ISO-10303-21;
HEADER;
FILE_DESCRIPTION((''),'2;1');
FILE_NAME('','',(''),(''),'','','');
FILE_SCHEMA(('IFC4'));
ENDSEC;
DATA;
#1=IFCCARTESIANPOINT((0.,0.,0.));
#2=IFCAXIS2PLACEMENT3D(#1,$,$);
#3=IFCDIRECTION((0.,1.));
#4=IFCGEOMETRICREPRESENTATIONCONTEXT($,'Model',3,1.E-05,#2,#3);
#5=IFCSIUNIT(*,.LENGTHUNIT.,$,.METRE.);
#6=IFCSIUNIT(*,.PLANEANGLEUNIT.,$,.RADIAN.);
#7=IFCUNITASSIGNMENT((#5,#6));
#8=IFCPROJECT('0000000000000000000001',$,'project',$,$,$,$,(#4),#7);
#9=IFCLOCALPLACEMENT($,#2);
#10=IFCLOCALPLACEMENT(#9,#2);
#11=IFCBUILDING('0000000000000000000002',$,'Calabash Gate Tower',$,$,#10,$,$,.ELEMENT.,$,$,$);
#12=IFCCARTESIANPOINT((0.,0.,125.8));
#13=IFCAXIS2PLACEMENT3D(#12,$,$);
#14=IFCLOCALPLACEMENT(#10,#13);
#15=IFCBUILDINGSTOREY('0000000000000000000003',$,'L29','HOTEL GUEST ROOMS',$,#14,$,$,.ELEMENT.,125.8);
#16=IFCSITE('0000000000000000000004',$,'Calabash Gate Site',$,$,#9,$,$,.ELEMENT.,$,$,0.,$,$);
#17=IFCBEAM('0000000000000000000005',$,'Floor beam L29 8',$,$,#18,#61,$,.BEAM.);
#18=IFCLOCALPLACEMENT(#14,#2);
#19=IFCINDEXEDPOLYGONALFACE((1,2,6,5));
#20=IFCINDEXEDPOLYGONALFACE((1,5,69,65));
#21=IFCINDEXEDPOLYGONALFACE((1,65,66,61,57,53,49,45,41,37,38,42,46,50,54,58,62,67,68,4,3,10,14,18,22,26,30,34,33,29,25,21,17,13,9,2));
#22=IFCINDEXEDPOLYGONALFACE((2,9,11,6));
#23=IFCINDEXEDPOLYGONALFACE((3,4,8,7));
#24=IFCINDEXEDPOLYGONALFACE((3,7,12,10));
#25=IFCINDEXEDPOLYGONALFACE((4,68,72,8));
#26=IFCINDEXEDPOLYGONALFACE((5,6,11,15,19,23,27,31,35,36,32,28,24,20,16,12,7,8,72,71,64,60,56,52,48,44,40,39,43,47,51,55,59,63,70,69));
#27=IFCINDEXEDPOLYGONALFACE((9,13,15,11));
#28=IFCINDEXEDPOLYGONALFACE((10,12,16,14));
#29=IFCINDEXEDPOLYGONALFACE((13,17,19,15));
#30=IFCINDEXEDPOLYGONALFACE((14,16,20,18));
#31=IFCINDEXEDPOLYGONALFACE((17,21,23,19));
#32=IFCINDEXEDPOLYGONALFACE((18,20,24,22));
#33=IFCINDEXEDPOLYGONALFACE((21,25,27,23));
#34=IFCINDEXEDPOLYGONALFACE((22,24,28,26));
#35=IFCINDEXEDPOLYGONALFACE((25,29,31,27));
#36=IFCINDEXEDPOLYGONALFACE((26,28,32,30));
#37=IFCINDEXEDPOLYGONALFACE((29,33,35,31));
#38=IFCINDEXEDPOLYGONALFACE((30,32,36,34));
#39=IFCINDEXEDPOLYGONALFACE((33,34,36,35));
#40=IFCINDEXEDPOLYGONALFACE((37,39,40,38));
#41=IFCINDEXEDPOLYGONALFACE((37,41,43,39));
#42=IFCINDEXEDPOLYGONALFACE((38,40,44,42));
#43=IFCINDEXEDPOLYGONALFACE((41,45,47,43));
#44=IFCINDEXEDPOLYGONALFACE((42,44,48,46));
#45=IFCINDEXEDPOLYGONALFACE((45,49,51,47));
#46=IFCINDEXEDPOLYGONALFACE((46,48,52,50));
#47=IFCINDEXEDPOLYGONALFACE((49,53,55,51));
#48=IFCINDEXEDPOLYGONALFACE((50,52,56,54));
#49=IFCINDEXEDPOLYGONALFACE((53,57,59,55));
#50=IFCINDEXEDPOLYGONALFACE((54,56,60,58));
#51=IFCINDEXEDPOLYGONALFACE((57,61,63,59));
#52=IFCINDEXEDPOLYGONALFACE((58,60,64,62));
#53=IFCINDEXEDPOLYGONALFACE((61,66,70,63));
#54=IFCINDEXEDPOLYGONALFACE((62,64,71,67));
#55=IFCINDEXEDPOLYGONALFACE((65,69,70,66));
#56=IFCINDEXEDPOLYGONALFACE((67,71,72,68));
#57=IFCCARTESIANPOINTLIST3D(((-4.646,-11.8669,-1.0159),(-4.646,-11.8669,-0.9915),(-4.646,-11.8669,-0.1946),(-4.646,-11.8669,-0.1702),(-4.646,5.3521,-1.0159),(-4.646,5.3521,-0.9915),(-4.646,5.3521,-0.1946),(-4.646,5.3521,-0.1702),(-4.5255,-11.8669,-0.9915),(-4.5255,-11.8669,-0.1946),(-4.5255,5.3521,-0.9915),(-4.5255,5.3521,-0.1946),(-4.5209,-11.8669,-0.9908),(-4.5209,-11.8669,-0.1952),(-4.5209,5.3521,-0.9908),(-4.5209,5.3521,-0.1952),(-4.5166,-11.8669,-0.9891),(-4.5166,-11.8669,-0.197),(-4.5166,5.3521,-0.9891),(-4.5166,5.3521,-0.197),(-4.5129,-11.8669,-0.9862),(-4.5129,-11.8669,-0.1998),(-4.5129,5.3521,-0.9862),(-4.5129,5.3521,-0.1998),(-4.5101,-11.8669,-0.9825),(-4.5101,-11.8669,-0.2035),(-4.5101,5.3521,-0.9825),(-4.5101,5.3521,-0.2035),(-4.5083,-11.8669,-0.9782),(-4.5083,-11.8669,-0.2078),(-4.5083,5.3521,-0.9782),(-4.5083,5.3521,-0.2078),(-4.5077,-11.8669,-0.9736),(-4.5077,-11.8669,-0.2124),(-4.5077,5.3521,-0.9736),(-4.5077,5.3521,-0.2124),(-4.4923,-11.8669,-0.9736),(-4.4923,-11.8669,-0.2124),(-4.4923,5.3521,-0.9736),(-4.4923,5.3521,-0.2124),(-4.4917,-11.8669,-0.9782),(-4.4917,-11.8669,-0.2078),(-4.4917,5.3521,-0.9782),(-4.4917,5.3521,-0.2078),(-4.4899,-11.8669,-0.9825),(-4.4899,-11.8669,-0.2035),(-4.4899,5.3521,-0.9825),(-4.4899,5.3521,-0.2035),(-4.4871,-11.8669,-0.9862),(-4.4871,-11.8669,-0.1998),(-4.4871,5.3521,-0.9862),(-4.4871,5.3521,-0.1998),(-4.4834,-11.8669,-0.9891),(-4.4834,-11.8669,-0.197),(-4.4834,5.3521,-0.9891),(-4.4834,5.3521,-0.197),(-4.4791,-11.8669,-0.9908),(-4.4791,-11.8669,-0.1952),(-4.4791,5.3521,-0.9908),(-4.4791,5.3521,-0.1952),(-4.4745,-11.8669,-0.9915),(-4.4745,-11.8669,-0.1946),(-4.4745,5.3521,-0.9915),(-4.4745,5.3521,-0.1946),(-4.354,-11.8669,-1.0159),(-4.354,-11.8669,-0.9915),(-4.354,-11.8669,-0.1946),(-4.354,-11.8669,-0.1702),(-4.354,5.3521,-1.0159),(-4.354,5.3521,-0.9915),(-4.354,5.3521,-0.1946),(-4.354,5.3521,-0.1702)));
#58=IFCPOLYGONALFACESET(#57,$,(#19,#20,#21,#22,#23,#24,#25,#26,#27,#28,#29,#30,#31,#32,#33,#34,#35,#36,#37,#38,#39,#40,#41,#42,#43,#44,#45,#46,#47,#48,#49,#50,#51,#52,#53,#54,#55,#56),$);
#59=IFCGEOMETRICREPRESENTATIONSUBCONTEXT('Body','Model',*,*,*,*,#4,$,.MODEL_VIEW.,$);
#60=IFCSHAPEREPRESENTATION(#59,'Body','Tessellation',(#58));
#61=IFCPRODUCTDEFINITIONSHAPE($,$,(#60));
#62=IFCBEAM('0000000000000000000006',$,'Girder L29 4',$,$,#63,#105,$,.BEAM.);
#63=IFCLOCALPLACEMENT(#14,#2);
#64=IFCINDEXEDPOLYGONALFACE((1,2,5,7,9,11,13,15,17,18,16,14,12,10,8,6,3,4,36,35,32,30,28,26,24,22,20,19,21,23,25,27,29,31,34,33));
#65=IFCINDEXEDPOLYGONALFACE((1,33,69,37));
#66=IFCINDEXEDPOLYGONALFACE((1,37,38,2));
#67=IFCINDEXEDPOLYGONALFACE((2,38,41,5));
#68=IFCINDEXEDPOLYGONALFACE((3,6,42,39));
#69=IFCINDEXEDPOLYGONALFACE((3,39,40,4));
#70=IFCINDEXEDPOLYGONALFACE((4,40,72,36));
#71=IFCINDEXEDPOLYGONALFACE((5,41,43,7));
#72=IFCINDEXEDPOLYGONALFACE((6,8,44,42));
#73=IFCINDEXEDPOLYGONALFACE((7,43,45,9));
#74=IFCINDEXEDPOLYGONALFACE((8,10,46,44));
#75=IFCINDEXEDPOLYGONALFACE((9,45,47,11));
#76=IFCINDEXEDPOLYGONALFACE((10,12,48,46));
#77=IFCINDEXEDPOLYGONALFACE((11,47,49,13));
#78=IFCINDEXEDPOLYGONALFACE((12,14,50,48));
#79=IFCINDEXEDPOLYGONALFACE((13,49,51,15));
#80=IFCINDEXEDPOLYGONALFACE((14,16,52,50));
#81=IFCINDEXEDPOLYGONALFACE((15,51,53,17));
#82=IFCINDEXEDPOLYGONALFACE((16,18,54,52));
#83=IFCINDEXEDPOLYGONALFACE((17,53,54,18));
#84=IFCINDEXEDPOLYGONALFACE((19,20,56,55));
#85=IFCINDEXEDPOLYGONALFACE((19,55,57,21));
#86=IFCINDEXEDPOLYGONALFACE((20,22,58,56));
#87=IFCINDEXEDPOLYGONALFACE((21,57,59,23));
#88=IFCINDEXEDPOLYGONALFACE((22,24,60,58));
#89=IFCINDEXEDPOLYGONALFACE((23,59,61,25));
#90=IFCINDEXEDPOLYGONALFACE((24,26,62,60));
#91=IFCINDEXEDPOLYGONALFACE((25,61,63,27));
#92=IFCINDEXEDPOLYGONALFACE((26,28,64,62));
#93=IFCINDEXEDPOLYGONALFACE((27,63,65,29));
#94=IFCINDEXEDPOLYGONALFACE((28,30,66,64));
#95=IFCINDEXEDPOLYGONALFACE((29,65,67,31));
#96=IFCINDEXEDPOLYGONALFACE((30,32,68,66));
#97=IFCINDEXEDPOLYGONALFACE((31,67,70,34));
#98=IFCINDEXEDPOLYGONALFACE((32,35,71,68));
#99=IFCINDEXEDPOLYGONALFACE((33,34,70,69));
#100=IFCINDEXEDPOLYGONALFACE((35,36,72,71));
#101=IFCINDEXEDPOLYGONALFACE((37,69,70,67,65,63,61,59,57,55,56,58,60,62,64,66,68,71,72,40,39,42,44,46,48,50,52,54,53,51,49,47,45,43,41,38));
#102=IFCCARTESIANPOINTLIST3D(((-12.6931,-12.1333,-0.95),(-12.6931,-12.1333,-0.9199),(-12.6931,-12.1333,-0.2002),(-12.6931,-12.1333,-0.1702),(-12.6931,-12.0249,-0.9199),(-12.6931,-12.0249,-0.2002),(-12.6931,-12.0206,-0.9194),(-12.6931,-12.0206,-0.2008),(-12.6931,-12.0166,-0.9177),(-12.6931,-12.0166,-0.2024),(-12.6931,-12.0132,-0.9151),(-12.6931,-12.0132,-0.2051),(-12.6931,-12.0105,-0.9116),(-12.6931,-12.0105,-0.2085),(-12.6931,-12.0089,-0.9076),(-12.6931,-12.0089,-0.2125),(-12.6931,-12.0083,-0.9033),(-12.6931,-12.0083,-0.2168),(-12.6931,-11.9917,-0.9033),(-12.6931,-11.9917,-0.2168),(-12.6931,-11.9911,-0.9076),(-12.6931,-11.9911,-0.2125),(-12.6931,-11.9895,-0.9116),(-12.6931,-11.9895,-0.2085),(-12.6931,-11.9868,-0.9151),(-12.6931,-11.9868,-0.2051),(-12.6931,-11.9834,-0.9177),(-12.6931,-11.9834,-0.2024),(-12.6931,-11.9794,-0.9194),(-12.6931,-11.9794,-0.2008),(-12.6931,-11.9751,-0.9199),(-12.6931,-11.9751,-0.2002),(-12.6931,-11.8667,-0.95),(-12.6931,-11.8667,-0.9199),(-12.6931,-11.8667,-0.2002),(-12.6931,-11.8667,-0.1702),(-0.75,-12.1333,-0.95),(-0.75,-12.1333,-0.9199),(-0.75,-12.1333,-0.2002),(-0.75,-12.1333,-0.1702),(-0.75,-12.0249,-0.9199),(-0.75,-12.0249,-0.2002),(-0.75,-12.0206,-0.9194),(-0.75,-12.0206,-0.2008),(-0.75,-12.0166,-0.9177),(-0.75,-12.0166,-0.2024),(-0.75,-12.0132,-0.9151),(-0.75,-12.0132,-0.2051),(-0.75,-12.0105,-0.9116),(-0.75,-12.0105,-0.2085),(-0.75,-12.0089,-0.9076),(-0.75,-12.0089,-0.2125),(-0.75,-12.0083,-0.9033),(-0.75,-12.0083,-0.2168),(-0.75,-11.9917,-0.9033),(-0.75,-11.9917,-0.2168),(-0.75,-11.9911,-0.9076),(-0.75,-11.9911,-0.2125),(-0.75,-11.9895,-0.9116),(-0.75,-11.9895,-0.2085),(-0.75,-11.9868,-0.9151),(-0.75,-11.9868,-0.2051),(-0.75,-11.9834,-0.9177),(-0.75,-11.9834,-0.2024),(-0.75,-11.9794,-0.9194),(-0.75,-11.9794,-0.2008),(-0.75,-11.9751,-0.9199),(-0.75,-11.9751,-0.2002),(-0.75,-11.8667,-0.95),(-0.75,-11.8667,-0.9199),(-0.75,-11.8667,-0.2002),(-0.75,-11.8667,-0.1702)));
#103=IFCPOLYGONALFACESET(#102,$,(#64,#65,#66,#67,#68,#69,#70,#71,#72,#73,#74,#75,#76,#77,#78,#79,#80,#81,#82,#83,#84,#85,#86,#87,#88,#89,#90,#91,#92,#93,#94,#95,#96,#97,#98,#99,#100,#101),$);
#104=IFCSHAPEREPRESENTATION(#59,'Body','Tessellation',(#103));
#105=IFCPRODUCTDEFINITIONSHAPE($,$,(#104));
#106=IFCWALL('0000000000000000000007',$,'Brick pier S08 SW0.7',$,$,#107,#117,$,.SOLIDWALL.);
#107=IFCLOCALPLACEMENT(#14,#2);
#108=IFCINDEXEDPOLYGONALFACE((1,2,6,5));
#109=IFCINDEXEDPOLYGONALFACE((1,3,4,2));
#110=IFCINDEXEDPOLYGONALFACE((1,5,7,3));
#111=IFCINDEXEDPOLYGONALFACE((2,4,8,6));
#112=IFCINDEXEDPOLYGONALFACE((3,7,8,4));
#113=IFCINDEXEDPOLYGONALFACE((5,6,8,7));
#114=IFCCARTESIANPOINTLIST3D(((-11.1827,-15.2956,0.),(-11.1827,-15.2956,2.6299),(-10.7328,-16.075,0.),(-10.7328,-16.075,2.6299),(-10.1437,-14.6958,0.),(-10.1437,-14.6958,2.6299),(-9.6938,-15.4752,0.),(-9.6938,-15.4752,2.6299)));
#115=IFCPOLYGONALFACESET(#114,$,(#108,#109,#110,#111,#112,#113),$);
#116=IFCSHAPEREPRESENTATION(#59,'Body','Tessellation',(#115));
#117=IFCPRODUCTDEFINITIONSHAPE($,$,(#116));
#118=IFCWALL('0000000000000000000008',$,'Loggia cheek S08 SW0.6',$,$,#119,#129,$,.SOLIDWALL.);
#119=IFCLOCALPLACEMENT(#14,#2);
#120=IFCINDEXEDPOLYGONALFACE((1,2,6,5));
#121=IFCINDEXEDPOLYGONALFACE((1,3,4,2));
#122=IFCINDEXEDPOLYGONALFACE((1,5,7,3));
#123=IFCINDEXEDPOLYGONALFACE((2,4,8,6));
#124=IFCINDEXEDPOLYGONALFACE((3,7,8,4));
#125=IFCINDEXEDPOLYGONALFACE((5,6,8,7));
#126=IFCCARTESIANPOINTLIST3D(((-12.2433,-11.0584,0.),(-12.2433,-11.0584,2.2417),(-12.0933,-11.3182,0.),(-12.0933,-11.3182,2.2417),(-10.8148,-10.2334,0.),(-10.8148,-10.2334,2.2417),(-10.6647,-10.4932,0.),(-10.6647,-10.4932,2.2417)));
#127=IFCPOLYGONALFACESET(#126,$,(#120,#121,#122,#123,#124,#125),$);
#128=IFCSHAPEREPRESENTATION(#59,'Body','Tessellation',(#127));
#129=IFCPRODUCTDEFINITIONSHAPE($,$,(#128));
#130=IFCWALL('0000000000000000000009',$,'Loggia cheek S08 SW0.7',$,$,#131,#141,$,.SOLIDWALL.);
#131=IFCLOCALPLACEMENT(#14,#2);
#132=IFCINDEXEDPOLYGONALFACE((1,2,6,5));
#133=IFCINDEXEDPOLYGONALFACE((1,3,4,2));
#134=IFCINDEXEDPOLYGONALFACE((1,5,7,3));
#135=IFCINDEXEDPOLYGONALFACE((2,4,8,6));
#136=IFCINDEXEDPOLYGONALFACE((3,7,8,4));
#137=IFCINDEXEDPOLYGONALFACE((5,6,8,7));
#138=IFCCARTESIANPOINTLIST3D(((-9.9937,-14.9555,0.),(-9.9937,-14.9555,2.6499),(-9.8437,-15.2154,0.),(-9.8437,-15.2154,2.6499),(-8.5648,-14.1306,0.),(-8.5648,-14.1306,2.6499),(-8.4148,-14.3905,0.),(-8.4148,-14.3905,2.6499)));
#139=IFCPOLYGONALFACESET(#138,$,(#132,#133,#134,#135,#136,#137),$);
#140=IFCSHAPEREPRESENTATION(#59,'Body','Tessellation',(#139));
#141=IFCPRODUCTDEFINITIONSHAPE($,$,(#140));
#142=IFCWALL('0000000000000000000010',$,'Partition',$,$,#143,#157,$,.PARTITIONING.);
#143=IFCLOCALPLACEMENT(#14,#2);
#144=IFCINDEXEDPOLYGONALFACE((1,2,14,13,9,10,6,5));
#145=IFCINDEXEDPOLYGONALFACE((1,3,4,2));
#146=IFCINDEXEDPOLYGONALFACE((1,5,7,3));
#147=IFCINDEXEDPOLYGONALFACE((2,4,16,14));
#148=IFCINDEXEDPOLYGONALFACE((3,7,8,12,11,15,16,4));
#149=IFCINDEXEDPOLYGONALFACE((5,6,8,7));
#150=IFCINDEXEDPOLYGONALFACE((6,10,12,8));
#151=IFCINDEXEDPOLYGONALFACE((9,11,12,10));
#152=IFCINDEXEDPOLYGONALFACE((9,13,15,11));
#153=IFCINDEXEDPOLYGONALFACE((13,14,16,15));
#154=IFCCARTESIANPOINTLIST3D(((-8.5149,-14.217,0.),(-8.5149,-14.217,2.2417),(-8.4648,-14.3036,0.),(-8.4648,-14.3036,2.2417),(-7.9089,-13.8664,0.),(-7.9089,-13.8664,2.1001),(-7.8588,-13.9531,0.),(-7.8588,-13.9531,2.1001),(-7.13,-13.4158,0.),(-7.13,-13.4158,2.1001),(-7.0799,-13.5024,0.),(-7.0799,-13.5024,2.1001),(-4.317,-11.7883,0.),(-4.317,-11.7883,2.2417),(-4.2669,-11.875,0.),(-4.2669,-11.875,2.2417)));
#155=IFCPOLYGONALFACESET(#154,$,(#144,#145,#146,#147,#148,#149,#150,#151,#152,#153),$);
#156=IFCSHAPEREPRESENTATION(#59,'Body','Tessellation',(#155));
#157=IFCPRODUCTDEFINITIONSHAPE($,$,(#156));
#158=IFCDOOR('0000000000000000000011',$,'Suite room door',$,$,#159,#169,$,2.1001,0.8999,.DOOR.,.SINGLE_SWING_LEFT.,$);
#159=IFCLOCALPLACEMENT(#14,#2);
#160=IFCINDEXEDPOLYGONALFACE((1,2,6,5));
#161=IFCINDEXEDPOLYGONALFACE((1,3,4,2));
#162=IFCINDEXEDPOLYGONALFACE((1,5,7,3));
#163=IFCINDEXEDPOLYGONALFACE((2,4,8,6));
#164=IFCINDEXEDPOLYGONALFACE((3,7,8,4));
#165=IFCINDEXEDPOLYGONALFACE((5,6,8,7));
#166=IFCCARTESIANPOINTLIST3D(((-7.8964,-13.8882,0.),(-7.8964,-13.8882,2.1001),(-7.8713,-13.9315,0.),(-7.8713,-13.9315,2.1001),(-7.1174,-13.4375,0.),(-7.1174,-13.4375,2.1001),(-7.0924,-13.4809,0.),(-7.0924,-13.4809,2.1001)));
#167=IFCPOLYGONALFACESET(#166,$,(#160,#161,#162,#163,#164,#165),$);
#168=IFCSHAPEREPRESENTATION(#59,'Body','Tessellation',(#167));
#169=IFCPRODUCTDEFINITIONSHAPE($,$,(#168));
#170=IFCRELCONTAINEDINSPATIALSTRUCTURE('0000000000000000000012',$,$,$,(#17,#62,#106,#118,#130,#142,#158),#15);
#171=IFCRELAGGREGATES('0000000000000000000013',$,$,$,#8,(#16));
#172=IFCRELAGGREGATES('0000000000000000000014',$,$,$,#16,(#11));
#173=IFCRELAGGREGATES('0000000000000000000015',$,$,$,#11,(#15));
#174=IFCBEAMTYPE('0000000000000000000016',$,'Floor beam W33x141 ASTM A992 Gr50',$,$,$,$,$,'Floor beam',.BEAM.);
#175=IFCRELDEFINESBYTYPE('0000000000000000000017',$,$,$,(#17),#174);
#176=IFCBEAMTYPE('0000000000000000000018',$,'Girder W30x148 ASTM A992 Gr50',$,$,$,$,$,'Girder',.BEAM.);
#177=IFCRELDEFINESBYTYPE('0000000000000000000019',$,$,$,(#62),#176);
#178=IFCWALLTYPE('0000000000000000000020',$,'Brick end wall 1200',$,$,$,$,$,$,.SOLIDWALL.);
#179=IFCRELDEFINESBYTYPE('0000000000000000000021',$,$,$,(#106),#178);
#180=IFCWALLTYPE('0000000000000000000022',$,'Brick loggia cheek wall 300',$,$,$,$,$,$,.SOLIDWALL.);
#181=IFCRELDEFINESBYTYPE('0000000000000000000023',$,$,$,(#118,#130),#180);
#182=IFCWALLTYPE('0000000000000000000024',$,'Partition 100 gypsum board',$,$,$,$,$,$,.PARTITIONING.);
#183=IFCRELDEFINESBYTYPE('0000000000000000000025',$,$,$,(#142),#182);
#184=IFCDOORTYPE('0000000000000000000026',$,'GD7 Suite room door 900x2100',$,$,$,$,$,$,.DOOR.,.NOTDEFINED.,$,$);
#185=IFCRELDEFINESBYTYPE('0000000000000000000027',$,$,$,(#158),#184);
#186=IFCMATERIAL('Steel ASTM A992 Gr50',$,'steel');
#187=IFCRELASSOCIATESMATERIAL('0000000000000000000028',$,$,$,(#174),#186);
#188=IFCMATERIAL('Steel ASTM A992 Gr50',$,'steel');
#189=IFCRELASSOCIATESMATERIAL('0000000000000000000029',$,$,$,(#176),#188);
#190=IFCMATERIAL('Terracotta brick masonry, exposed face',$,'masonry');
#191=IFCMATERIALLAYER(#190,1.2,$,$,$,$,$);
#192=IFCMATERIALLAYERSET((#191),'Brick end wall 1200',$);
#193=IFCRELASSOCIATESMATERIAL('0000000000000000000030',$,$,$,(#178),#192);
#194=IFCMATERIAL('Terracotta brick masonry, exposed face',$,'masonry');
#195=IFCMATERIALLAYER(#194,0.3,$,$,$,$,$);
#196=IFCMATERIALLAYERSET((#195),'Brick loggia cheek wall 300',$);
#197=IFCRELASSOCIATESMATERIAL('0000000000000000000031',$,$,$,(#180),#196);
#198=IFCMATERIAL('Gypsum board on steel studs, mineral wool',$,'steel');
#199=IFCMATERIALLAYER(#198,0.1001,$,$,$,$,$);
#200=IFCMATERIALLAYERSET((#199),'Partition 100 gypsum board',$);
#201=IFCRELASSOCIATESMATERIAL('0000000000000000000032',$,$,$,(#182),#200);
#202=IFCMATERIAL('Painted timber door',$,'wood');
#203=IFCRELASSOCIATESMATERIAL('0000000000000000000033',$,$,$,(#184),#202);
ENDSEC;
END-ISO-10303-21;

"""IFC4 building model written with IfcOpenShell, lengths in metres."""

from ifc_helpers import new_model, si_unit, direction, frame, frame_2d, origin, origin_2d, place, context, subcontext, project, spatial, rectangle, i_section, extrude, material, layer, layer_set, material_profile, profile_set, type_object, element, fill, save


model = new_model("IFC4")

# Units and contexts
model_context = context("Model", 3, precision=1e-05, world=origin(), true_north=direction((0.0, 1.0)))
body_context = subcontext(model_context, "Body", "Model", "MODEL_VIEW")
ifc_project = project(units=[si_unit("LENGTHUNIT", "METRE"), si_unit("PLANEANGLEUNIT", "RADIAN")], contexts=[model_context])

# Site, building, storey
site_placement = place(None, origin())
site = spatial("IfcSite", under=ifc_project, at=site_placement, Name="Calabash Gate Site", CompositionType="ELEMENT", RefElevation=0.0)
building_placement = place(site_placement, origin())
building = spatial("IfcBuilding", under=site, at=building_placement, Name="Calabash Gate Tower", CompositionType="ELEMENT")
storey_placement = place(building_placement, frame((0.0, 0.0, 125.8)))
storey = spatial("IfcBuildingStorey", under=building, at=storey_placement, Name="L29", Description="HOTEL GUEST ROOMS", CompositionType="ELEMENT", Elevation=125.8)

# Beams
ifc_material_1 = material(Name="Steel ASTM A992 Gr50", Category="steel")
ifc_material_profile_1 = material_profile(ifc_material_1, i_section(OverallWidth=0.292, OverallDepth=0.8457, WebThickness=0.0154, FlangeThickness=0.0244, FilletRadius=0.0178, at=origin_2d()))
ifc_profile_set_1 = profile_set([ifc_material_profile_1], Name="Steel ASTM A992 Gr50")
beam_type_1 = type_object("IfcBeamType", Name="Floor beam W33x141 ASTM A992 Gr50", ElementType="Floor beam", PredefinedType="BEAM", material=ifc_profile_set_1)
beam_1_placement = place(storey_placement, frame((-4.5, -11.8669, -0.593), z_axis=(0.0, 1.0, 0.0), x_axis=(-1.0, 0.0, 0.0)))
element("IfcBeam", 1, at=beam_1_placement, inside=storey, type_object=beam_type_1, Name="Floor beam L29 8", PredefinedType="BEAM", context=body_context, shape_type="SweptSolid", body=[
    extrude(i_section(OverallWidth=0.292, OverallDepth=0.8457, WebThickness=0.0154, FlangeThickness=0.0244, FilletRadius=0.0178, at=origin_2d()), origin(), (0.0, 0.0, 1.0), 17.219),
])
ifc_material_2 = material(Name="Steel ASTM A992 Gr50", Category="steel")
ifc_material_profile_2 = material_profile(ifc_material_2, i_section(OverallWidth=0.2666, OverallDepth=0.7798, WebThickness=0.0166, FlangeThickness=0.03, FilletRadius=0.0166, at=origin_2d()))
ifc_profile_set_2 = profile_set([ifc_material_profile_2], Name="Steel ASTM A992 Gr50")
beam_type_2 = type_object("IfcBeamType", Name="Girder W30x148 ASTM A992 Gr50", ElementType="Girder", PredefinedType="BEAM", material=ifc_profile_set_2)
beam_2_placement = place(storey_placement, frame((-12.6931, -12.0, -0.5601), z_axis=(1.0, 0.0, 0.0), x_axis=(0.0, 1.0, 0.0)))
element("IfcBeam", 2, at=beam_2_placement, inside=storey, type_object=beam_type_2, Name="Girder L29 4", PredefinedType="BEAM", context=body_context, shape_type="SweptSolid", body=[
    extrude(i_section(OverallWidth=0.2666, OverallDepth=0.7798, WebThickness=0.0166, FlangeThickness=0.03, FilletRadius=0.0166, at=origin_2d()), origin(), (0.0, 0.0, 1.0), 11.9431),
])

# Walls
ifc_material_3 = material(Name="Terracotta brick masonry, exposed face", Category="masonry")
ifc_layer_1 = layer(ifc_material_3, 1.2)
ifc_layer_set_1 = layer_set([ifc_layer_1], Name="Brick end wall 1200")
wall_type_1 = type_object("IfcWallType", Name="Brick end wall 1200", PredefinedType="SOLIDWALL", material=ifc_layer_set_1)
wall_1_placement = place(storey_placement, frame((-10.9578, -15.6853, 0.0), z_axis=(0.0, 0.0, 1.0), x_axis=(0.866043, 0.499969, 0.0)))
element("IfcWall", 3, at=wall_1_placement, inside=storey, type_object=wall_type_1, Name="Brick pier S08 SW0.7", PredefinedType="SOLIDWALL", context=body_context, shape_type="SweptSolid", body=[
    extrude(rectangle(XDim=1.1997, YDim=0.8999, at=frame_2d((0.5999, 0.0))), origin(), (0.0, 0.0, 1.0), 2.6299),
])
ifc_material_4 = material(Name="Terracotta brick masonry, exposed face", Category="masonry")
ifc_layer_2 = layer(ifc_material_4, 0.3)
ifc_layer_set_2 = layer_set([ifc_layer_2], Name="Brick loggia cheek wall 300")
wall_type_2 = type_object("IfcWallType", Name="Brick loggia cheek wall 300", PredefinedType="SOLIDWALL", material=ifc_layer_set_2)
wall_2_placement = place(storey_placement, frame((-12.1682, -11.1882, 0.0), z_axis=(0.0, 0.0, 1.0), x_axis=(0.865966, 0.500103, 0.0)))
element("IfcWall", 4, at=wall_2_placement, inside=storey, type_object=wall_type_2, Name="Loggia cheek S08 SW0.6", PredefinedType="SOLIDWALL", context=body_context, shape_type="SweptSolid", body=[
    extrude(rectangle(XDim=1.6497, YDim=0.3, at=frame_2d((0.8247, 0.0))), origin(), (0.0, 0.0, 1.0), 2.2417),
])
wall_3_placement = place(storey_placement, frame((-9.9187, -15.0854, 0.0), z_axis=(0.0, 0.0, 1.0), x_axis=(0.86604, 0.499974, 0.0)))
element("IfcWall", 5, at=wall_3_placement, inside=storey, type_object=wall_type_2, Name="Loggia cheek S08 SW0.7", PredefinedType="SOLIDWALL", context=body_context, shape_type="SweptSolid", body=[
    extrude(rectangle(XDim=1.6499, YDim=0.3, at=frame_2d((0.825, 0.0))), origin(), (0.0, 0.0, 1.0), 2.6499),
])

# Wall, opening, door
ifc_material_5 = material(Name="Gypsum board on steel studs, mineral wool", Category="steel")
ifc_layer_3 = layer(ifc_material_5, 0.1001)
ifc_layer_set_3 = layer_set([ifc_layer_3], Name="Partition 100 gypsum board")
wall_type_3 = type_object("IfcWallType", Name="Partition 100 gypsum board", PredefinedType="PARTITIONING", material=ifc_layer_set_3)
wall_4_placement = place(storey_placement, frame((-8.4897, -14.2603, 0.0), z_axis=(0.0, 0.0, 1.0), x_axis=(0.865579, 0.500772, 0.0)))
wall_4 = element("IfcWall", 6, at=wall_4_placement, inside=storey, type_object=wall_type_3, Name="Partition", PredefinedType="PARTITIONING", context=body_context, shape_type="SweptSolid", body=[
    extrude(rectangle(XDim=4.8499, YDim=0.1001, at=frame_2d((2.4248, 0.0))), origin(), (0.0, 0.0, 1.0), 2.2417),
])
opening_1_placement = place(wall_4_placement, frame((0.7, 0.0, 0.0)))
opening_1 = element("IfcOpeningElement", 7, at=opening_1_placement, cuts=wall_4, PredefinedType="OPENING", context=body_context, shape_type="SweptSolid", body=[
    extrude(rectangle(XDim=0.8999, YDim=2.1001, at=frame_2d((0.45, 1.05))), frame((0.0, 0.0601, 0.0), z_axis=(0.0, -1.0, 0.0), x_axis=(1.0, 0.0, 0.0)), (0.0, 0.0, 1.0), 0.1201),
])
ifc_material_6 = material(Name="Painted timber door", Category="wood")
door_type_1 = type_object("IfcDoorType", Name="GD7 Suite room door 900x2100", OperationType="NOTDEFINED", PredefinedType="DOOR", material=ifc_material_6)
door_1_placement = place(opening_1_placement, origin())
door_1 = element("IfcDoor", 8, at=door_1_placement, inside=storey, type_object=door_type_1, Name="Suite room door", OperationType="SINGLE_SWING_LEFT", OverallHeight=2.1001, OverallWidth=0.8999, PredefinedType="DOOR", context=body_context, shape_type="SweptSolid", body=[
    extrude(rectangle(XDim=0.8999, YDim=2.1001, at=frame_2d((0.45, 1.05))), frame((0.0, 0.0249, 0.0), z_axis=(0.0, -1.0, 0.0), x_axis=(1.0, 0.0, 0.0)), (0.0, 0.0, 1.0), 0.05),
])
fill(opening_1, door_1)

save(model, "model.ifc")
